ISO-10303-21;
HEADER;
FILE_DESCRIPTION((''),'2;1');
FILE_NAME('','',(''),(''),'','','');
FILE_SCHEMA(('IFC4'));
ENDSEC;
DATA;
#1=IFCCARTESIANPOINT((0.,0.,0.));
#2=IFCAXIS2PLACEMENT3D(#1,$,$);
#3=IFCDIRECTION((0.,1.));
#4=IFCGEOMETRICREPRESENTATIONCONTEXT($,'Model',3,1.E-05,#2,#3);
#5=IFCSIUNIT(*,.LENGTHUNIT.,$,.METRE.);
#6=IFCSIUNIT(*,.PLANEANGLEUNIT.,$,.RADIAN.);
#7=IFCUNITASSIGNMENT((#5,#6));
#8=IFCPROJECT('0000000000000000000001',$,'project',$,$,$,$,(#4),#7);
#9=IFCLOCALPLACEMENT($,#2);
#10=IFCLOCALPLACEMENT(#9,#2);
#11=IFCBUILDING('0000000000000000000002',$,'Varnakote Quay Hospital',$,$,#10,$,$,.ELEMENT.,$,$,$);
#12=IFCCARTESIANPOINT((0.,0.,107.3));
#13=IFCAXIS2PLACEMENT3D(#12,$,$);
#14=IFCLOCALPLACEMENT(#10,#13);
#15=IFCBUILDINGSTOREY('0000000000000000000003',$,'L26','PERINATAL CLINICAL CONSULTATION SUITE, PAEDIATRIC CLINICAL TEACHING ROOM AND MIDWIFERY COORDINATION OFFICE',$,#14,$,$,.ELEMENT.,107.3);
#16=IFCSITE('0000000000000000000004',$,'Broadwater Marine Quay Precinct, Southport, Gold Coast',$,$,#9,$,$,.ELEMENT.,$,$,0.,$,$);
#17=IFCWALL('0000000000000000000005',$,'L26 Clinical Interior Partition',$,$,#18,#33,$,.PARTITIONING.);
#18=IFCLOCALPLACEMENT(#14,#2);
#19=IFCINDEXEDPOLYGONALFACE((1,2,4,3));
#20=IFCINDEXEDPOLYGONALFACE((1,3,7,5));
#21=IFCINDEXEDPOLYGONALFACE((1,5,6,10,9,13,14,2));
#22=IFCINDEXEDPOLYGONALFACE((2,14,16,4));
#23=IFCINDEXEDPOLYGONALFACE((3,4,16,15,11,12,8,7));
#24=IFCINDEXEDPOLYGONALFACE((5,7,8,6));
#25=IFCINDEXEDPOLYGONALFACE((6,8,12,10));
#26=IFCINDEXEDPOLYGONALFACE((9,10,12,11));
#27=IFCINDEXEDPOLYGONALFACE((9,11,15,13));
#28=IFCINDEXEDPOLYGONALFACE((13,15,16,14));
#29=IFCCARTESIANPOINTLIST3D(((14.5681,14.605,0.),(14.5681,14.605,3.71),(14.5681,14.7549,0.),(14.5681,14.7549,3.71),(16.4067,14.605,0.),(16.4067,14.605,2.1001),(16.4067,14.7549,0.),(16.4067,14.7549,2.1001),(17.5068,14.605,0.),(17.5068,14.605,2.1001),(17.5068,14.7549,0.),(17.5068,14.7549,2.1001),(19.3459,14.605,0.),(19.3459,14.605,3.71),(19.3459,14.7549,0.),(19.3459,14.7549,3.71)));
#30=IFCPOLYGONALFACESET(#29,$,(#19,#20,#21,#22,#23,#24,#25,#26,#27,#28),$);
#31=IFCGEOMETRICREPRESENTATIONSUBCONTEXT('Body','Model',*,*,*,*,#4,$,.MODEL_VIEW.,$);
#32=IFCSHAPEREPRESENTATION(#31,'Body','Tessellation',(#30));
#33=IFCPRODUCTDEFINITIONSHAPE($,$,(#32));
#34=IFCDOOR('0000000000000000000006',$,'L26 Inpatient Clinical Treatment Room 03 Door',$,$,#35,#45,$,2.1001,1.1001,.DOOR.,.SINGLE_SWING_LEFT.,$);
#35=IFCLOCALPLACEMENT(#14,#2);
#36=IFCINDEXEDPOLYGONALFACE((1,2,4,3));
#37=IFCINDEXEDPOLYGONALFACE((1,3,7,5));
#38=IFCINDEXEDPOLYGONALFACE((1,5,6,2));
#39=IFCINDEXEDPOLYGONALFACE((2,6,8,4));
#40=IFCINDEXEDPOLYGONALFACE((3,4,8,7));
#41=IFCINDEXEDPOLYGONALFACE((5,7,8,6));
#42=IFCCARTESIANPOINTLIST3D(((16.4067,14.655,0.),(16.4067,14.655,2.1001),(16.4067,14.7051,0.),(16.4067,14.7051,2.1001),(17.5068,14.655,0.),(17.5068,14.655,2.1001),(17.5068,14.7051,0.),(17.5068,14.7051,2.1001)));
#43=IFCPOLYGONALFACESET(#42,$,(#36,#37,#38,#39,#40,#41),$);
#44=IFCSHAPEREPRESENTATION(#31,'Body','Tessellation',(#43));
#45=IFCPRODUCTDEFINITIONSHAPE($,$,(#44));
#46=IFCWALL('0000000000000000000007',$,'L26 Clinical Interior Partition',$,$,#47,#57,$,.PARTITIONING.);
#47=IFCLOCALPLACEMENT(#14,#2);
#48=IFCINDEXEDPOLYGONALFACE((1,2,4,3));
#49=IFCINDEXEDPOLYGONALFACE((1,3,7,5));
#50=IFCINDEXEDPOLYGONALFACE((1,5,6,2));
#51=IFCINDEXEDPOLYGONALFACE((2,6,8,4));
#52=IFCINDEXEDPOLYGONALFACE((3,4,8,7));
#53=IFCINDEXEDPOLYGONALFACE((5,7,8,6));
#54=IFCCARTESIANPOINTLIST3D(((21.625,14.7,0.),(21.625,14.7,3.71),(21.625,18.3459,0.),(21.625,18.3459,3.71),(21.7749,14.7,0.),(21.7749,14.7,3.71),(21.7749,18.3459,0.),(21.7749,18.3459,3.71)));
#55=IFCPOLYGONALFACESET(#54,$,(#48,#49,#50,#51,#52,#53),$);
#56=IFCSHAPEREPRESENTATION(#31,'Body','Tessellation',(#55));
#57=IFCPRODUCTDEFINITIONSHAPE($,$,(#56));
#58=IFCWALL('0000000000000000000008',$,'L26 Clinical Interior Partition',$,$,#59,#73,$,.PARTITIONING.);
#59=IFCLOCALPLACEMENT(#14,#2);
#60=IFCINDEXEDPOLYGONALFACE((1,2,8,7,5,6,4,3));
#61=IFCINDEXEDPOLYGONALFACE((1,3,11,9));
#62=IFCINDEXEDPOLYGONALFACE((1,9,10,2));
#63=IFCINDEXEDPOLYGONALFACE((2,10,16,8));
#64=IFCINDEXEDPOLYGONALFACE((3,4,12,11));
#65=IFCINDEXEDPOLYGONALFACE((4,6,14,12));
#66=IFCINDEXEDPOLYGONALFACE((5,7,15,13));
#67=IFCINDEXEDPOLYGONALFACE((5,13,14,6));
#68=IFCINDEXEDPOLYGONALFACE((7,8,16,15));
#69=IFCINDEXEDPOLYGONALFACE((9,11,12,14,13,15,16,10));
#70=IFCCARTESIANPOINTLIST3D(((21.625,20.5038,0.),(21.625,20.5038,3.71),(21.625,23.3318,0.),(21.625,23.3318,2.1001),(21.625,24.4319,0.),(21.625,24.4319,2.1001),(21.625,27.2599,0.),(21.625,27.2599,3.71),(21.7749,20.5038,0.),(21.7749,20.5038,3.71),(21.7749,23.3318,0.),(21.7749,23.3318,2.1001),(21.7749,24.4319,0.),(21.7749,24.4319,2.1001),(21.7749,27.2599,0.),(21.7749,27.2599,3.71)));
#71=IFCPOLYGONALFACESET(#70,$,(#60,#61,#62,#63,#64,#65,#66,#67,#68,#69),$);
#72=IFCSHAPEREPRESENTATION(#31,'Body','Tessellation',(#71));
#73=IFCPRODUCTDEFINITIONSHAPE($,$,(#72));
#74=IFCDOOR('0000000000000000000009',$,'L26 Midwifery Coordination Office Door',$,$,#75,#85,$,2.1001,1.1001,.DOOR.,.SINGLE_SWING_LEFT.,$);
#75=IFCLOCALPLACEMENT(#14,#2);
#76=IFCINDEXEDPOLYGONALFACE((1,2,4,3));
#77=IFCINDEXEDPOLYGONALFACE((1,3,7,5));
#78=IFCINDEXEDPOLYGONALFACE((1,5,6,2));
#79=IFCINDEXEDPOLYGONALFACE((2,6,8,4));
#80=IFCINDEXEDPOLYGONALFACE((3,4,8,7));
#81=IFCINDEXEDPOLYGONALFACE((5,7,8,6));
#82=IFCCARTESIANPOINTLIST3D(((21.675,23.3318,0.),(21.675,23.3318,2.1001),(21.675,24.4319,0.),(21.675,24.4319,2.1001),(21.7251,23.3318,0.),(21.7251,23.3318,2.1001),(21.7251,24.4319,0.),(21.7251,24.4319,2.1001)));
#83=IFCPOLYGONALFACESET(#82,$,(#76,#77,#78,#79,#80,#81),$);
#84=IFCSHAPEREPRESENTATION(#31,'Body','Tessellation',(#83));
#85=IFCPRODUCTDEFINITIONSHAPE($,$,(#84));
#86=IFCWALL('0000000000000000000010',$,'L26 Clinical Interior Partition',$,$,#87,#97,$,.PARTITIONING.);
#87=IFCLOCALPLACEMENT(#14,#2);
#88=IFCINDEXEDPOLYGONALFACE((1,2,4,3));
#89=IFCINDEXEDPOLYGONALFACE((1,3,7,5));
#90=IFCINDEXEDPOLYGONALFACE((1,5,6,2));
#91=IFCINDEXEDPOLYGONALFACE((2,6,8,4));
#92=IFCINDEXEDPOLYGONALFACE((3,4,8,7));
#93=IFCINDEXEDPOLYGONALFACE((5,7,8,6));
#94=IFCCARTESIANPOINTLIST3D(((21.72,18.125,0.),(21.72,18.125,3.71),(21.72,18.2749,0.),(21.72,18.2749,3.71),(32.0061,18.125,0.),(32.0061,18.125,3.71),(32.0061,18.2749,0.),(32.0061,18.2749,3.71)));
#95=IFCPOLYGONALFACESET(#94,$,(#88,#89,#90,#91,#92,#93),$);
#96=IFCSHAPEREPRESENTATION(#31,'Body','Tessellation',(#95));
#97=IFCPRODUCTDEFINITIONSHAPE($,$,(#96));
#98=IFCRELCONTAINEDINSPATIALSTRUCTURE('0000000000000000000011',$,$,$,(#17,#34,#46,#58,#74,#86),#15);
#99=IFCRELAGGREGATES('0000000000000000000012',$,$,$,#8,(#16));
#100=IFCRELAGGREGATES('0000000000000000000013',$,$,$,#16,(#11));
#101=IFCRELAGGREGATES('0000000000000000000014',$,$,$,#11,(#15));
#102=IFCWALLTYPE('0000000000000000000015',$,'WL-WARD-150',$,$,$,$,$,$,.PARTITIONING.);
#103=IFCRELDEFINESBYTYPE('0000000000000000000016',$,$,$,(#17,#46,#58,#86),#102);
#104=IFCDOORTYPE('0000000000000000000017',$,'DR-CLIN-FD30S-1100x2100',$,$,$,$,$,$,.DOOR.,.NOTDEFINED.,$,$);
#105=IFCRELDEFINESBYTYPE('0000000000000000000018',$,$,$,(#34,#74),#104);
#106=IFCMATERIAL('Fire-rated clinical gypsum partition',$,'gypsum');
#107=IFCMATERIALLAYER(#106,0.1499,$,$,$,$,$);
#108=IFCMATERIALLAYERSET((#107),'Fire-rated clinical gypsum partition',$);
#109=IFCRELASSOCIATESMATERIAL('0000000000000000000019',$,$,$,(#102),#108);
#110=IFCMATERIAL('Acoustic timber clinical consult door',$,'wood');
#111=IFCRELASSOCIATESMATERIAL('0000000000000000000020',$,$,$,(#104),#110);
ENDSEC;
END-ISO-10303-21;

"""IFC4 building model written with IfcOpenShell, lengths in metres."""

from ifc_helpers import new_model, si_unit, direction, frame, frame_2d, origin, place, context, subcontext, project, spatial, rectangle, extrude, material, layer, layer_set, type_object, element, fill, save


model = new_model("IFC4")

# Units and contexts
model_context = context("Model", 3, precision=1e-05, world=origin(), true_north=direction((0.0, 1.0)))
body_context = subcontext(model_context, "Body", "Model", "MODEL_VIEW")
ifc_project = project(units=[si_unit("LENGTHUNIT", "METRE"), si_unit("PLANEANGLEUNIT", "RADIAN")], contexts=[model_context])

# Site, building, storey
site_placement = place(None, origin())
site = spatial("IfcSite", under=ifc_project, at=site_placement, Name="Broadwater Marine Quay Precinct, Southport, Gold Coast", CompositionType="ELEMENT", RefElevation=0.0)
building_placement = place(site_placement, origin())
building = spatial("IfcBuilding", under=site, at=building_placement, Name="Varnakote Quay Hospital", CompositionType="ELEMENT")
storey_placement = place(building_placement, frame((0.0, 0.0, 107.3)))
storey = spatial("IfcBuildingStorey", under=building, at=storey_placement, Name="L26", Description="PERINATAL CLINICAL CONSULTATION SUITE, PAEDIATRIC CLINICAL TEACHING ROOM AND MIDWIFERY COORDINATION OFFICE", CompositionType="ELEMENT", Elevation=107.3)

# Wall, opening, door
ifc_material_1 = material(Name="Fire-rated clinical gypsum partition", Category="gypsum")
ifc_layer_1 = layer(ifc_material_1, 0.1499)
ifc_layer_set_1 = layer_set([ifc_layer_1], Name="Fire-rated clinical gypsum partition")
wall_type_1 = type_object("IfcWallType", Name="WL-WARD-150", PredefinedType="PARTITIONING", material=ifc_layer_set_1)
ifc_material_2 = material(Name="Acoustic timber clinical consult door", Category="wood")
door_type_1 = type_object("IfcDoorType", Name="DR-CLIN-FD30S-1100x2100", OperationType="NOTDEFINED", PredefinedType="DOOR", material=ifc_material_2)
wall_1_placement = place(storey_placement, frame((19.3459, 14.6799, 0.0), z_axis=(0.0, 0.0, 1.0), x_axis=(-1.0, 0.0, 0.0)))
wall_1 = element("IfcWall", 1, at=wall_1_placement, inside=storey, type_object=wall_type_1, Name="L26 Clinical Interior Partition", PredefinedType="PARTITIONING", context=body_context, shape_type="SweptSolid", body=[
    extrude(rectangle(XDim=4.7778, YDim=0.1499, at=frame_2d((2.3889, 0.0))), origin(), (0.0, 0.0, 1.0), 3.71),
])
opening_1_placement = place(wall_1_placement, frame((1.8391, 0.0, 0.0)))
opening_1 = element("IfcOpeningElement", 2, at=opening_1_placement, cuts=wall_1, PredefinedType="OPENING", context=body_context, shape_type="SweptSolid", body=[
    extrude(rectangle(XDim=1.1001, YDim=2.1001, at=frame_2d((0.55, 1.05))), frame((0.0, 0.085, 0.0), z_axis=(0.0, -1.0, 0.0), x_axis=(1.0, 0.0, 0.0)), (0.0, 0.0, 1.0), 0.1699),
])
door_1_placement = place(opening_1_placement, origin())
door_1 = element("IfcDoor", 3, at=door_1_placement, inside=storey, type_object=door_type_1, Name="L26 Inpatient Clinical Treatment Room 03 Door", OperationType="SINGLE_SWING_LEFT", OverallHeight=2.1001, OverallWidth=1.1001, PredefinedType="DOOR", context=body_context, shape_type="SweptSolid", body=[
    extrude(rectangle(XDim=1.1001, YDim=2.1001, at=frame_2d((0.55, 1.05))), frame((0.0, 0.0249, 0.0), z_axis=(0.0, -1.0, 0.0), x_axis=(1.0, 0.0, 0.0)), (0.0, 0.0, 1.0), 0.05),
])
fill(opening_1, door_1)

# Wall
wall_2_placement = place(storey_placement, frame((21.7, 14.7, 0.0), z_axis=(0.0, 0.0, 1.0), x_axis=(0.0, 1.0, 0.0)))
element("IfcWall", 4, at=wall_2_placement, inside=storey, type_object=wall_type_1, Name="L26 Clinical Interior Partition", PredefinedType="PARTITIONING", context=body_context, shape_type="SweptSolid", body=[
    extrude(rectangle(XDim=3.646, YDim=0.1499, at=frame_2d((1.823, 0.0))), origin(), (0.0, 0.0, 1.0), 3.71),
])

# Wall, opening, door
wall_3_placement = place(storey_placement, frame((21.7, 20.5039, 0.0), z_axis=(0.0, 0.0, 1.0), x_axis=(0.0, 1.0, 0.0)))
wall_3 = element("IfcWall", 5, at=wall_3_placement, inside=storey, type_object=wall_type_1, Name="L26 Clinical Interior Partition", PredefinedType="PARTITIONING", context=body_context, shape_type="SweptSolid", body=[
    extrude(rectangle(XDim=6.7561, YDim=0.1499, at=frame_2d((3.3779, 0.0))), origin(), (0.0, 0.0, 1.0), 3.71),
])
opening_2_placement = place(wall_3_placement, frame((2.8279, 0.0, 0.0)))
opening_2 = element("IfcOpeningElement", 6, at=opening_2_placement, cuts=wall_3, PredefinedType="OPENING", context=body_context, shape_type="SweptSolid", body=[
    extrude(rectangle(XDim=1.1001, YDim=2.1001, at=frame_2d((0.55, 1.05))), frame((0.0, 0.085, 0.0), z_axis=(0.0, -1.0, 0.0), x_axis=(1.0, 0.0, 0.0)), (0.0, 0.0, 1.0), 0.1699),
])
door_2_placement = place(opening_2_placement, origin())
door_2 = element("IfcDoor", 7, at=door_2_placement, inside=storey, type_object=door_type_1, Name="L26 Midwifery Coordination Office Door", OperationType="SINGLE_SWING_LEFT", OverallHeight=2.1001, OverallWidth=1.1001, PredefinedType="DOOR", context=body_context, shape_type="SweptSolid", body=[
    extrude(rectangle(XDim=1.1001, YDim=2.1001, at=frame_2d((0.55, 1.05))), frame((0.0, 0.0249, 0.0), z_axis=(0.0, -1.0, 0.0), x_axis=(1.0, 0.0, 0.0)), (0.0, 0.0, 1.0), 0.05),
])
fill(opening_2, door_2)

# Wall
wall_4_placement = place(storey_placement, frame((21.72, 18.2, 0.0), z_axis=(0.0, 0.0, 1.0), x_axis=(1.0, 0.0, 0.0)))
element("IfcWall", 8, at=wall_4_placement, inside=storey, type_object=wall_type_1, Name="L26 Clinical Interior Partition", PredefinedType="PARTITIONING", context=body_context, shape_type="SweptSolid", body=[
    extrude(rectangle(XDim=10.2861, YDim=0.1499, at=frame_2d((5.1431, 0.0))), origin(), (0.0, 0.0, 1.0), 3.71),
])

save(model, "model.ifc")
